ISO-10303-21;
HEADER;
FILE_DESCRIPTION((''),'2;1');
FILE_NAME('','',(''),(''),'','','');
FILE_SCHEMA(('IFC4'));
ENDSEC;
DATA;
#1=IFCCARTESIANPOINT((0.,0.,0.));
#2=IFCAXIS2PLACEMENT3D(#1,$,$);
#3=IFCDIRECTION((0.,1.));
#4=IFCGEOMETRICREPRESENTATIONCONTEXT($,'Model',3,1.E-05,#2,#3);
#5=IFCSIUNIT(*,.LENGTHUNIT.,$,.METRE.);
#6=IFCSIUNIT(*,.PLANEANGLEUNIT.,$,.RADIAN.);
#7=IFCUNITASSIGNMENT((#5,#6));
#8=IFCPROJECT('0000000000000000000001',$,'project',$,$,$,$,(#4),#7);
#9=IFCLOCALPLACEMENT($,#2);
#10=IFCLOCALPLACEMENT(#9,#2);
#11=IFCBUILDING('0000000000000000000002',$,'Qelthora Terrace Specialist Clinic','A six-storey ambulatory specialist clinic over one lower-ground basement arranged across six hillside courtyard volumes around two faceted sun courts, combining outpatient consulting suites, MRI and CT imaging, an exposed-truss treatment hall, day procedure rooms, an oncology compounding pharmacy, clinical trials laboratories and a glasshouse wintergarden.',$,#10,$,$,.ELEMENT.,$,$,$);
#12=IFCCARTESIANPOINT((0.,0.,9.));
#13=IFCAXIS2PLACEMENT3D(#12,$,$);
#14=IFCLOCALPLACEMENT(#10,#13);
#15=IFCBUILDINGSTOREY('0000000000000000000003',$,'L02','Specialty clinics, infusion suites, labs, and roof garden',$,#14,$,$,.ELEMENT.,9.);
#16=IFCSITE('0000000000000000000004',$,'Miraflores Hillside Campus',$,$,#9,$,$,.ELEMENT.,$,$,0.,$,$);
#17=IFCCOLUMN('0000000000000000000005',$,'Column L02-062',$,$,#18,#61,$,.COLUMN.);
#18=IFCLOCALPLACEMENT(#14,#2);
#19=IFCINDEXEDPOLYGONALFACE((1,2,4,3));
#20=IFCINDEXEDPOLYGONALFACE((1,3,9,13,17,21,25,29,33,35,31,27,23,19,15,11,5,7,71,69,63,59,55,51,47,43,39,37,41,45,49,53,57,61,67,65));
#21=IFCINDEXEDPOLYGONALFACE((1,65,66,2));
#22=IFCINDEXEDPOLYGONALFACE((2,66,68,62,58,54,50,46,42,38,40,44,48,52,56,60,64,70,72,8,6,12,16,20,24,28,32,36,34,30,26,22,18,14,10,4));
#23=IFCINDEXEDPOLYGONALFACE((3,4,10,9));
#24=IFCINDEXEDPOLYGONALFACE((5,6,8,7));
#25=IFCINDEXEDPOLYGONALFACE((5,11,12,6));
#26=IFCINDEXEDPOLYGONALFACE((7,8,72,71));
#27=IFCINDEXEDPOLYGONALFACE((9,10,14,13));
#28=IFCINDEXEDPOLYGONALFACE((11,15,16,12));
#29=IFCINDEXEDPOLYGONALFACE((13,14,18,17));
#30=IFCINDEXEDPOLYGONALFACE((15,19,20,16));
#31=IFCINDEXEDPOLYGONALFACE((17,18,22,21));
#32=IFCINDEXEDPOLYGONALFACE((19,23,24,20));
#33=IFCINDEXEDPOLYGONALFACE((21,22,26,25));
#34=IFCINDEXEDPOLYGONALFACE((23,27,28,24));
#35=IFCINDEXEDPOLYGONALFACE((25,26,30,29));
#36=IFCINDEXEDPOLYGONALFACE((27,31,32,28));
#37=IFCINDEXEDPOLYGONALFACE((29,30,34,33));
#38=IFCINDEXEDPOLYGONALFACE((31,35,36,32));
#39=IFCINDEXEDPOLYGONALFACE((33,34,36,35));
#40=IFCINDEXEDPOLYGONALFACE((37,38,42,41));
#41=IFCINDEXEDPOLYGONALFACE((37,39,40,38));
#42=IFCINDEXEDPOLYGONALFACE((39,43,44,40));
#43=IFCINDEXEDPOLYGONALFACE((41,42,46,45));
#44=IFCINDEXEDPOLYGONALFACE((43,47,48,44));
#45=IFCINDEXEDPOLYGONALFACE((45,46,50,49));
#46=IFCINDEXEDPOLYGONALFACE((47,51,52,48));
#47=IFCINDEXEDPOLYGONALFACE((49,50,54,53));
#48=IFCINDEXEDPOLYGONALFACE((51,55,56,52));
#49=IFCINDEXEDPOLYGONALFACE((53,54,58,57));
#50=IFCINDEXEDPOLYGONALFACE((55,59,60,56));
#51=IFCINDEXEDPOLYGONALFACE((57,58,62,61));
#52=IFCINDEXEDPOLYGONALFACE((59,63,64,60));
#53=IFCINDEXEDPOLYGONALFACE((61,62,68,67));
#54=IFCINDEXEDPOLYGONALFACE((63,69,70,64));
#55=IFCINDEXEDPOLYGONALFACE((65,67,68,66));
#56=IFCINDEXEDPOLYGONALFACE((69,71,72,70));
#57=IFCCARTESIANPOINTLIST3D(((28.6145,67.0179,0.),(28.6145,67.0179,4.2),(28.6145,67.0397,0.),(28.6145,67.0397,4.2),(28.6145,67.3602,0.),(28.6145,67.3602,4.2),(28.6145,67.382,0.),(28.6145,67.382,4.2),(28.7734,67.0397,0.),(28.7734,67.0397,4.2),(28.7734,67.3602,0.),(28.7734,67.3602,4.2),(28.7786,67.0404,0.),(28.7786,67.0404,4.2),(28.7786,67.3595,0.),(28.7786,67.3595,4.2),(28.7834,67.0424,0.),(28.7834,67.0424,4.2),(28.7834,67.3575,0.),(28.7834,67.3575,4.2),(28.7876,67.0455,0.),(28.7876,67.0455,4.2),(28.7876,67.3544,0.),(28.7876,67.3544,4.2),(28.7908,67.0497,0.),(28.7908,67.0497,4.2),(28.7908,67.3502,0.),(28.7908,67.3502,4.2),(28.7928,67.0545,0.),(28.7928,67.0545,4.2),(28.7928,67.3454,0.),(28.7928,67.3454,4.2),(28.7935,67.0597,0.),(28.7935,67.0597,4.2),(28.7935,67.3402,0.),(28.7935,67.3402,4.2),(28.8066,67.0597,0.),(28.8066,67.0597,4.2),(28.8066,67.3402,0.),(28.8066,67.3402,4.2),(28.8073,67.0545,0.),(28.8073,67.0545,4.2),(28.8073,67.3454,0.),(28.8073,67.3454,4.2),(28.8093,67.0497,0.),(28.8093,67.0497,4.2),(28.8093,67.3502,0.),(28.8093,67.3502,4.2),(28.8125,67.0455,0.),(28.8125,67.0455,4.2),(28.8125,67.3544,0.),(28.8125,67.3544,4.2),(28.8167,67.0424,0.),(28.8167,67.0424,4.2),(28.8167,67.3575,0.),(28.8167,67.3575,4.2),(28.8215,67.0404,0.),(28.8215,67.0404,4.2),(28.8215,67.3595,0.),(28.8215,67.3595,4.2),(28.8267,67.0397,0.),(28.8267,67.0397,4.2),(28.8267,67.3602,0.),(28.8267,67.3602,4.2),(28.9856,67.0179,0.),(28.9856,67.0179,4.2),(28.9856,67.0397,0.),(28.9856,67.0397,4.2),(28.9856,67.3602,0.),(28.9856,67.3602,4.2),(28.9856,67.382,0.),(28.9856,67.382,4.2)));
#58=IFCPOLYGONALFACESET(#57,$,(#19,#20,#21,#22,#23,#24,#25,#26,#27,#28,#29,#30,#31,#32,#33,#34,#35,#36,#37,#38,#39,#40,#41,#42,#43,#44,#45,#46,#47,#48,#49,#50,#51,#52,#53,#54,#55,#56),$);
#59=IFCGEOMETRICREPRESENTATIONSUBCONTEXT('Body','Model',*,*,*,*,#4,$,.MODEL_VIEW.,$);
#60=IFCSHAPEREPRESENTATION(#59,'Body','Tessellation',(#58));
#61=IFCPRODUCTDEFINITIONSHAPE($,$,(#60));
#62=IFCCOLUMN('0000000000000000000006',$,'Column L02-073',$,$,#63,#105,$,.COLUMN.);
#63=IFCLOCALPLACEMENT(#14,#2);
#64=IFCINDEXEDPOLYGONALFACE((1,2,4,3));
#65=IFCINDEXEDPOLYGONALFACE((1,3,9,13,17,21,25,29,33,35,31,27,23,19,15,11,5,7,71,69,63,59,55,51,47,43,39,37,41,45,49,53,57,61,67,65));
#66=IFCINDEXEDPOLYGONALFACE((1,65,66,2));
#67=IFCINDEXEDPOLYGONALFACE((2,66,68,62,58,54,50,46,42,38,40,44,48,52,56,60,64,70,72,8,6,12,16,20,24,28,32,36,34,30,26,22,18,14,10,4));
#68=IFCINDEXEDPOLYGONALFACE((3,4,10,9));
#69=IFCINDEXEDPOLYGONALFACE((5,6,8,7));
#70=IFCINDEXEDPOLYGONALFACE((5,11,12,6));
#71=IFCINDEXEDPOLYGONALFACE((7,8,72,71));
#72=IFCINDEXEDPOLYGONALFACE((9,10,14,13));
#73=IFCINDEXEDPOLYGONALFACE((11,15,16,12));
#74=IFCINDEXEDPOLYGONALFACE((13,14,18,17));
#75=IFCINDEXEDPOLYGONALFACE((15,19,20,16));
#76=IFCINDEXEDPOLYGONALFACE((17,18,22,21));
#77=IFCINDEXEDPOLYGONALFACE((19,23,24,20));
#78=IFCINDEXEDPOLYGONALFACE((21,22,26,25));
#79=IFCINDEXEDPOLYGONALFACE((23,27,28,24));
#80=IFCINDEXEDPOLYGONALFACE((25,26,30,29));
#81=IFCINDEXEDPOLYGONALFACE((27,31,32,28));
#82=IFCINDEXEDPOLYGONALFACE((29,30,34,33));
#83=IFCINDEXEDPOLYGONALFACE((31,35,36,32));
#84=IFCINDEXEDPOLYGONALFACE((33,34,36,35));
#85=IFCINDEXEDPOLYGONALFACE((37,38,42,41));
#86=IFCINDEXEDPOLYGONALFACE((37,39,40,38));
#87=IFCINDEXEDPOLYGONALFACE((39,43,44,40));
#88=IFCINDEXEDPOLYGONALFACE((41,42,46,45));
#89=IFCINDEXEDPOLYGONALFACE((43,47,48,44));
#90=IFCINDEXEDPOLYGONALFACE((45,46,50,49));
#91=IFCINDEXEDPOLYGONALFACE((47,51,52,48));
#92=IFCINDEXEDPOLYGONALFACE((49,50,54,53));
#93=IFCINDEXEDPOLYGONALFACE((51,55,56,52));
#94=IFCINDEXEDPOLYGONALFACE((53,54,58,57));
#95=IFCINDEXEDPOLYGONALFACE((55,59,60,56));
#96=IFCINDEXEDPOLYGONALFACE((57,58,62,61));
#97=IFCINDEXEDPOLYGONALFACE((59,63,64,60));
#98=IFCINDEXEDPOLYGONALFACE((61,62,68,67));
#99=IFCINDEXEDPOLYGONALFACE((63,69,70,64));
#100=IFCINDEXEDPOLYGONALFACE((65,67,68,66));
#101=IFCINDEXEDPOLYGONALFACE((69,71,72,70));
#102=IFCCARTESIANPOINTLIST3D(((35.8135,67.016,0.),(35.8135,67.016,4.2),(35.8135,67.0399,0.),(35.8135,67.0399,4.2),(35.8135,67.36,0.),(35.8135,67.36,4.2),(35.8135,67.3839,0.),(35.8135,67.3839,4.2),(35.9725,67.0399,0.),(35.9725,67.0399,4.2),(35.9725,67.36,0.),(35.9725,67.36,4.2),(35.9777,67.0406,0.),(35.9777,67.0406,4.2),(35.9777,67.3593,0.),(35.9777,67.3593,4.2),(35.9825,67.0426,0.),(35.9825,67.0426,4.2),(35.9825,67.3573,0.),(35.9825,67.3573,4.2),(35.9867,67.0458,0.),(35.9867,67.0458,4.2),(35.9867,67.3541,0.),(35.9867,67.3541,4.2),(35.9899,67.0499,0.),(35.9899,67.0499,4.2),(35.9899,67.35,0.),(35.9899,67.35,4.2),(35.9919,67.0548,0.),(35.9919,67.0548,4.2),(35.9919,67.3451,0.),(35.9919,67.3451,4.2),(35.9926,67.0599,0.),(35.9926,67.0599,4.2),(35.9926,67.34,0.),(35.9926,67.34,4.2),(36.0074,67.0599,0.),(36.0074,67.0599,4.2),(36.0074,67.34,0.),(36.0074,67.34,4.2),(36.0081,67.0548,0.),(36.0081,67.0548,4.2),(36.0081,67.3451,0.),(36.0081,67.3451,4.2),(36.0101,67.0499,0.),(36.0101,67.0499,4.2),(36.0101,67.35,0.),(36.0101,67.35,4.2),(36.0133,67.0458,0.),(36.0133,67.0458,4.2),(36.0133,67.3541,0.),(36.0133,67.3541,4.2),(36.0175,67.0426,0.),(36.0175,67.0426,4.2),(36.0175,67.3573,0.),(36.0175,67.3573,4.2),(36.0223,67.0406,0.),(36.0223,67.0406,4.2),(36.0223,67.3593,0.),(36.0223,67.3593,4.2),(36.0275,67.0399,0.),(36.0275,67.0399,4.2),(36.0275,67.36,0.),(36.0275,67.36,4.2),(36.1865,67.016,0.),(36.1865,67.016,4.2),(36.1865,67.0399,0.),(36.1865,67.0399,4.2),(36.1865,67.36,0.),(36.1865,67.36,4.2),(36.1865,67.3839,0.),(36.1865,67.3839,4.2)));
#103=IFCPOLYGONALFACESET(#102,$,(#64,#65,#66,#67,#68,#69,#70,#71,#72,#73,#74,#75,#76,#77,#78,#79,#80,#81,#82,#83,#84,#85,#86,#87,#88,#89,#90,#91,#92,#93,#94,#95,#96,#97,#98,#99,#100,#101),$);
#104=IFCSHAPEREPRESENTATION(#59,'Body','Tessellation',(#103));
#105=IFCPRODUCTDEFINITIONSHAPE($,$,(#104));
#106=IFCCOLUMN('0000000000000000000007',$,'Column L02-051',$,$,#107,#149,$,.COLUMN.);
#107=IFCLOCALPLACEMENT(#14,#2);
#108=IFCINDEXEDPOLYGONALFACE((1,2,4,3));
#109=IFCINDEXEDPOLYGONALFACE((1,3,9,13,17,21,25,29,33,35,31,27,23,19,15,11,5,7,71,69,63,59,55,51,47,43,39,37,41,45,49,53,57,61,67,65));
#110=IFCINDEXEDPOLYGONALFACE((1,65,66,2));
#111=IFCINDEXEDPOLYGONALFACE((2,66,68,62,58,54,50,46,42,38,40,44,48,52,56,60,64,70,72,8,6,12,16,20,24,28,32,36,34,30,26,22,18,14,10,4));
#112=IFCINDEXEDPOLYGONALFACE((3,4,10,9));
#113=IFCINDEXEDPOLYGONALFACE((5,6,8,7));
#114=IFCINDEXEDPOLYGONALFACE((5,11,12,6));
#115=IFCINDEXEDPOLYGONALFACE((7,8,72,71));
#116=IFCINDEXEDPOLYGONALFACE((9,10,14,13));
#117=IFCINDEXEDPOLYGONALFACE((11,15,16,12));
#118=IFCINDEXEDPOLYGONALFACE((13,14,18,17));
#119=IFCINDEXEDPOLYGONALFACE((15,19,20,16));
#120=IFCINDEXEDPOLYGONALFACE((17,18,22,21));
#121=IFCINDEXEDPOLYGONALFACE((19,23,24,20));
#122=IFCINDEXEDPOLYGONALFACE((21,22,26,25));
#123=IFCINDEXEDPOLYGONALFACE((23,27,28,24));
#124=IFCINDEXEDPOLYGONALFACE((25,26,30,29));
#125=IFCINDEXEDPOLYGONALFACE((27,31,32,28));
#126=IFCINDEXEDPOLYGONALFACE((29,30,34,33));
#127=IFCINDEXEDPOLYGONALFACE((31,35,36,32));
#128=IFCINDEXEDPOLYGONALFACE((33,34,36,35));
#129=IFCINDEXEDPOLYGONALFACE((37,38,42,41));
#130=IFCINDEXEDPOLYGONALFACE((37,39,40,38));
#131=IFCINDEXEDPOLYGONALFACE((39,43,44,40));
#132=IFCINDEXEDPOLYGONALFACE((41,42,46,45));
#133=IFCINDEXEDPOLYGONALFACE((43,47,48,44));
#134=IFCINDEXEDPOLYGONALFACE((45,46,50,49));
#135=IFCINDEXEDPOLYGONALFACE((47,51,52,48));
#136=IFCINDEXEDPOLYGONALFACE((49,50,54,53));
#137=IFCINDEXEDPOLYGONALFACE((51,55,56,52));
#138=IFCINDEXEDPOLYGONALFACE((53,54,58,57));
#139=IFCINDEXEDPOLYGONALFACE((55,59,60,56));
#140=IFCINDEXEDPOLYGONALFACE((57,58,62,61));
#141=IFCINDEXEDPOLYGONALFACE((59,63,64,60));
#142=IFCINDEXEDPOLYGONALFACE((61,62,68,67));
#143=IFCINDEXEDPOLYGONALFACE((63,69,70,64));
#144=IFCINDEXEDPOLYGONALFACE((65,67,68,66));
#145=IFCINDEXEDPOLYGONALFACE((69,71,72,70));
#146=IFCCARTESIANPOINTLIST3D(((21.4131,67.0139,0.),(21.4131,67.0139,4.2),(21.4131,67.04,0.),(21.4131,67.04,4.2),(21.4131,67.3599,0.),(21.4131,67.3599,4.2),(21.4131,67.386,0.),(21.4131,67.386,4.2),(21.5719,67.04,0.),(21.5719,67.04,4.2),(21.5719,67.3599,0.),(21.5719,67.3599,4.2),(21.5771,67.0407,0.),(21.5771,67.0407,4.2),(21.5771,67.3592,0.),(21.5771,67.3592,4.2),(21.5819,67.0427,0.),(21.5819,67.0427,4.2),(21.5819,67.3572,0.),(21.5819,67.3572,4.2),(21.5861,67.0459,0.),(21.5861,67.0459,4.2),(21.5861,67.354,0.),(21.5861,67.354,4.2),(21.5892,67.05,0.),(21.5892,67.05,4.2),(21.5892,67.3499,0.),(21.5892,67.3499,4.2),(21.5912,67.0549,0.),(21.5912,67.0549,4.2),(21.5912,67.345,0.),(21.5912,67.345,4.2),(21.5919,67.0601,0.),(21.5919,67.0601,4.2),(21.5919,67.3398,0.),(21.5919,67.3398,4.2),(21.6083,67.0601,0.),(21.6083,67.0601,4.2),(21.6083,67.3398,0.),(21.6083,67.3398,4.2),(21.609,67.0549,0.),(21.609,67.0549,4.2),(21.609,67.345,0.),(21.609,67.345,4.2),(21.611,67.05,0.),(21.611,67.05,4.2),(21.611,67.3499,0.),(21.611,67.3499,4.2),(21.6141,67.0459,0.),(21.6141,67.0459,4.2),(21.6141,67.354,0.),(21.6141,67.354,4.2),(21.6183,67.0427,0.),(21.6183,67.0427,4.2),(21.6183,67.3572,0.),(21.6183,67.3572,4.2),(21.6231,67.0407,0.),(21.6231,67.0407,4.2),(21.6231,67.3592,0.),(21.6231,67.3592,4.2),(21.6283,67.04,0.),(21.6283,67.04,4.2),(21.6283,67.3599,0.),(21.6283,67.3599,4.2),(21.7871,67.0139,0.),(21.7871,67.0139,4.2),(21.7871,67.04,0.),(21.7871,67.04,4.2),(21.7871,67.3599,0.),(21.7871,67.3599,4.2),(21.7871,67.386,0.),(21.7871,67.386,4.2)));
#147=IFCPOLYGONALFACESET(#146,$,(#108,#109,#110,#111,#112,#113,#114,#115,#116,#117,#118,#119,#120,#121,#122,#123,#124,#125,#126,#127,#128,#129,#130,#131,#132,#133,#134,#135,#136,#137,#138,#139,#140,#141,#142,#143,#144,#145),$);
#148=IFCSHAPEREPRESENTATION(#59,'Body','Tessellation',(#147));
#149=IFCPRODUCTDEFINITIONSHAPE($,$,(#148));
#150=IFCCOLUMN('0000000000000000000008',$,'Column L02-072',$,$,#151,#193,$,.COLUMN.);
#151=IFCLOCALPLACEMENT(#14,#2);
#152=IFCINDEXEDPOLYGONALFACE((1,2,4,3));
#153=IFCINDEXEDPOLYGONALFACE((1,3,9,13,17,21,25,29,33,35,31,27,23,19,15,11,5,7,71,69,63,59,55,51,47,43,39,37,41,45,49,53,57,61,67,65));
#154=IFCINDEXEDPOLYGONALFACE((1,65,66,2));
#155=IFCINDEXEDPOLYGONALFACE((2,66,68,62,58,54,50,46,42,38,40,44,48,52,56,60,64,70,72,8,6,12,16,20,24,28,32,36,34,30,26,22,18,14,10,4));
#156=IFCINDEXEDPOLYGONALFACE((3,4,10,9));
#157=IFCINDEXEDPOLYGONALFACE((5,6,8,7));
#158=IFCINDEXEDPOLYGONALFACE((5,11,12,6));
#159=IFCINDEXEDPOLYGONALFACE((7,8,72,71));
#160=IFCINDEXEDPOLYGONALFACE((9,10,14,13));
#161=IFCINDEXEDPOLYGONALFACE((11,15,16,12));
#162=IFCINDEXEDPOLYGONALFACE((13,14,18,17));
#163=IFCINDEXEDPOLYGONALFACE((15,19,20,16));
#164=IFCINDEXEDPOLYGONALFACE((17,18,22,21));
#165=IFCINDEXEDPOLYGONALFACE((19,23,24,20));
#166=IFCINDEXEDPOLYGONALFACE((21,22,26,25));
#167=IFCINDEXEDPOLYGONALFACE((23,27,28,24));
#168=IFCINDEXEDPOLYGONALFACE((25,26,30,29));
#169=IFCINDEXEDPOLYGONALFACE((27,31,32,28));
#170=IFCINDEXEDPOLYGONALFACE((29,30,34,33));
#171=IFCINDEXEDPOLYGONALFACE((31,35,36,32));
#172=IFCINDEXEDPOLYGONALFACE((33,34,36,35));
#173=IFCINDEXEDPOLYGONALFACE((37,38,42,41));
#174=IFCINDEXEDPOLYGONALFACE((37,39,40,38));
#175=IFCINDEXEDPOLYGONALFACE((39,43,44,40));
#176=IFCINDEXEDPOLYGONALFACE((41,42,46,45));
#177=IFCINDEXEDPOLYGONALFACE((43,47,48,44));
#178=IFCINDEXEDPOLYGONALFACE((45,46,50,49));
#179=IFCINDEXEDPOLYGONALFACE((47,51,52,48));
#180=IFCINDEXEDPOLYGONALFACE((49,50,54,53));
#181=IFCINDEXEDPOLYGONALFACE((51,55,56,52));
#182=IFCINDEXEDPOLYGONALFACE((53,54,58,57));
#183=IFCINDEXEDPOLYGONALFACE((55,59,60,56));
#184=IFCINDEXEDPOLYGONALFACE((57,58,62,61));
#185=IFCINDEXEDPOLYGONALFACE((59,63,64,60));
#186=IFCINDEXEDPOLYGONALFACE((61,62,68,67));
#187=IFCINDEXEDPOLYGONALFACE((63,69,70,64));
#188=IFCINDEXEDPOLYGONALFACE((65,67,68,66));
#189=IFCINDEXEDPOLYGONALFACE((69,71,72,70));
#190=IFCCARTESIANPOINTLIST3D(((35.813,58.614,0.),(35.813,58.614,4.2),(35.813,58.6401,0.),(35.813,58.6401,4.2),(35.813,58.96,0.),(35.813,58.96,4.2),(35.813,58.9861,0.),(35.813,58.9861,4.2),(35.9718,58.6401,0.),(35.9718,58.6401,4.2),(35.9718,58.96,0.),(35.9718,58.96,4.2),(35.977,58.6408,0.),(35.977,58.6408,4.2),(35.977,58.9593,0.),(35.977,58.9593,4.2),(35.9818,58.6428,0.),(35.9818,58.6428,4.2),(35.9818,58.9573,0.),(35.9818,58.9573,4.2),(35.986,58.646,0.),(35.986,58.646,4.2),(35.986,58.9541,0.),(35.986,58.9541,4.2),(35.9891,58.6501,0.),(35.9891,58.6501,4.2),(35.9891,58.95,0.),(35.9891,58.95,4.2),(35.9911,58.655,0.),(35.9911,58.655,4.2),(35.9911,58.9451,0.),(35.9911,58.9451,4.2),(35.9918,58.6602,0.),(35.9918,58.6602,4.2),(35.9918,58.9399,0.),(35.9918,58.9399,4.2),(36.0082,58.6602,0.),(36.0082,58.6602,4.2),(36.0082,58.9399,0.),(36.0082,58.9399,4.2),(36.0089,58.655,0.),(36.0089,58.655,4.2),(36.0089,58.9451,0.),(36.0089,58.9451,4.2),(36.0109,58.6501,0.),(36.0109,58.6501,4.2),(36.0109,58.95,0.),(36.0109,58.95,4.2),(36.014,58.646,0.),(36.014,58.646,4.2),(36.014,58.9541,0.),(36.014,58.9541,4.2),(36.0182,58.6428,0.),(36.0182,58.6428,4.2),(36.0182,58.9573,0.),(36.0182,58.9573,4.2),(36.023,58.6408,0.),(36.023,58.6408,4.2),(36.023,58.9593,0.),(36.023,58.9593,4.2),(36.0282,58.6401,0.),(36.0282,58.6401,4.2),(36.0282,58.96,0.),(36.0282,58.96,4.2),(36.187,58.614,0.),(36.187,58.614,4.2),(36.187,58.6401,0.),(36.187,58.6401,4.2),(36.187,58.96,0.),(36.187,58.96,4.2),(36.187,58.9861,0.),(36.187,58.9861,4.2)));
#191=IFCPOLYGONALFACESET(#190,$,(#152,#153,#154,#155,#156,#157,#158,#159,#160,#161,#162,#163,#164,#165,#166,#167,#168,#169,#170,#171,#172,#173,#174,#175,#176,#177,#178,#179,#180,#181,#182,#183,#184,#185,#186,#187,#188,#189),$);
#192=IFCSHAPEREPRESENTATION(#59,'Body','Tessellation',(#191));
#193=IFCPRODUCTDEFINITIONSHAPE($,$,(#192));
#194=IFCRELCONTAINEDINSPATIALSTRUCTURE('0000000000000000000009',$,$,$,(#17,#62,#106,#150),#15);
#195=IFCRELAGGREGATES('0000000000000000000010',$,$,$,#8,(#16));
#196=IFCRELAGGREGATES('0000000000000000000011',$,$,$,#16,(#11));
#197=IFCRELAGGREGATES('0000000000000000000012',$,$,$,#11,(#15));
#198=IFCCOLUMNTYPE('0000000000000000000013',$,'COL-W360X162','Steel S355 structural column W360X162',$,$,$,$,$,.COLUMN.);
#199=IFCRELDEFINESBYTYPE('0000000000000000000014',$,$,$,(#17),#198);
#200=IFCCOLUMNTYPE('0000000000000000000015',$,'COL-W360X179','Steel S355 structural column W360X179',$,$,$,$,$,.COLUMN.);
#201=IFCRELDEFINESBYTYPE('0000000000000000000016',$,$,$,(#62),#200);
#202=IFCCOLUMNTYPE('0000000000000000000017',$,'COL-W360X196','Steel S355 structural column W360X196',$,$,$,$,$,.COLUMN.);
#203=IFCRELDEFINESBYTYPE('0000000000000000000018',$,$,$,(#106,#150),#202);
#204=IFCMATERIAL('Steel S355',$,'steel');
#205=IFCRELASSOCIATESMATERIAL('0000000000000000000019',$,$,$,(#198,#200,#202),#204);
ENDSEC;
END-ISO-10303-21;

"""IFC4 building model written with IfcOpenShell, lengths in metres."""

from ifc_helpers import new_model, si_unit, direction, frame, origin, origin_2d, place, context, subcontext, project, spatial, i_section, extrude, material, material_profile, profile_set, type_object, element, save


model = new_model("IFC4")

# Units and contexts
model_context = context("Model", 3, precision=1e-05, world=origin(), true_north=direction((0.0, 1.0)))
body_context = subcontext(model_context, "Body", "Model", "MODEL_VIEW")
ifc_project = project(units=[si_unit("LENGTHUNIT", "METRE"), si_unit("PLANEANGLEUNIT", "RADIAN")], contexts=[model_context])

# Site, building, storey
site_placement = place(None, origin())
site = spatial("IfcSite", under=ifc_project, at=site_placement, Name="Miraflores Hillside Campus", CompositionType="ELEMENT", RefElevation=0.0)
building_placement = place(site_placement, origin())
building = spatial("IfcBuilding", under=site, at=building_placement, Name="Qelthora Terrace Specialist Clinic", Description="A six-storey ambulatory specialist clinic over one lower-ground basement arranged across six hillside courtyard volumes around two faceted sun courts, combining outpatient consulting suites, MRI and CT imaging, an exposed-truss treatment hall, day procedure rooms, an oncology compounding pharmacy, clinical trials laboratories and a glasshouse wintergarden.", CompositionType="ELEMENT")
storey_placement = place(building_placement, frame((0.0, 0.0, 9.0)))
storey = spatial("IfcBuildingStorey", under=building, at=storey_placement, Name="L02", Description="Specialty clinics, infusion suites, labs, and roof garden", CompositionType="ELEMENT", Elevation=9.0)

# Columns
ifc_material_1 = material(Name="Steel S355", Category="steel")
ifc_material_profile_1 = material_profile(ifc_material_1, i_section(OverallWidth=0.3711, OverallDepth=0.364, WebThickness=0.0132, FlangeThickness=0.0217, FilletRadius=0.02, at=origin_2d()), Name="W360X162")
ifc_profile_set_1 = profile_set([ifc_material_profile_1], Name="Steel S355")
column_type_1 = type_object("IfcColumnType", Name="COL-W360X162", Description="Steel S355 structural column W360X162", PredefinedType="COLUMN", material=ifc_profile_set_1)
column_1_placement = place(storey_placement, frame((28.8, 67.2, 0.0), z_axis=(0.0, 0.0, 1.0), x_axis=(1.0, 0.0, 0.0)))
element("IfcColumn", 1, at=column_1_placement, inside=storey, type_object=column_type_1, Name="Column L02-062", PredefinedType="COLUMN", context=body_context, shape_type="SweptSolid", body=[
    extrude(i_section(OverallWidth=0.3711, OverallDepth=0.364, WebThickness=0.0132, FlangeThickness=0.0217, FilletRadius=0.02, at=origin_2d()), origin(), (0.0, 0.0, 1.0), 4.2),
])
ifc_material_profile_2 = material_profile(ifc_material_1, i_section(OverallWidth=0.373, OverallDepth=0.3679, WebThickness=0.0149, FlangeThickness=0.0239, FilletRadius=0.02, at=origin_2d()), Name="W360X179")
ifc_profile_set_2 = profile_set([ifc_material_profile_2], Name="Steel S355")
column_type_2 = type_object("IfcColumnType", Name="COL-W360X179", Description="Steel S355 structural column W360X179", PredefinedType="COLUMN", material=ifc_profile_set_2)
column_2_placement = place(storey_placement, frame((36.0, 67.2, 0.0), z_axis=(0.0, 0.0, 1.0), x_axis=(1.0, 0.0, 0.0)))
element("IfcColumn", 2, at=column_2_placement, inside=storey, type_object=column_type_2, Name="Column L02-073", PredefinedType="COLUMN", context=body_context, shape_type="SweptSolid", body=[
    extrude(i_section(OverallWidth=0.373, OverallDepth=0.3679, WebThickness=0.0149, FlangeThickness=0.0239, FilletRadius=0.02, at=origin_2d()), origin(), (0.0, 0.0, 1.0), 4.2),
])
ifc_material_profile_3 = material_profile(ifc_material_1, i_section(OverallWidth=0.374, OverallDepth=0.3721, WebThickness=0.0164, FlangeThickness=0.0261, FilletRadius=0.02, at=origin_2d()), Name="W360X196")
ifc_profile_set_3 = profile_set([ifc_material_profile_3], Name="Steel S355")
column_type_3 = type_object("IfcColumnType", Name="COL-W360X196", Description="Steel S355 structural column W360X196", PredefinedType="COLUMN", material=ifc_profile_set_3)
for number, where, z_axis, x_axis, name in (
    (3, (21.6001, 67.2, 0.0), (0.0, 0.0, 1.0), (1.0, 0.0, 0.0), "Column L02-051"),
    (4, (36.0, 58.8, 0.0), (0.0, 0.0, 1.0), (1.0, 0.0, 0.0), "Column L02-072"),
):
    element("IfcColumn", number, at=place(storey_placement, frame(where, z_axis=z_axis, x_axis=x_axis)), inside=storey, type_object=column_type_3, Name=name, PredefinedType="COLUMN", context=body_context, shape_type="SweptSolid", body=[
        extrude(i_section(OverallWidth=0.374, OverallDepth=0.3721, WebThickness=0.0164, FlangeThickness=0.0261, FilletRadius=0.02, at=origin_2d()), origin(), (0.0, 0.0, 1.0), 4.2),
    ])

save(model, "model.ifc")
